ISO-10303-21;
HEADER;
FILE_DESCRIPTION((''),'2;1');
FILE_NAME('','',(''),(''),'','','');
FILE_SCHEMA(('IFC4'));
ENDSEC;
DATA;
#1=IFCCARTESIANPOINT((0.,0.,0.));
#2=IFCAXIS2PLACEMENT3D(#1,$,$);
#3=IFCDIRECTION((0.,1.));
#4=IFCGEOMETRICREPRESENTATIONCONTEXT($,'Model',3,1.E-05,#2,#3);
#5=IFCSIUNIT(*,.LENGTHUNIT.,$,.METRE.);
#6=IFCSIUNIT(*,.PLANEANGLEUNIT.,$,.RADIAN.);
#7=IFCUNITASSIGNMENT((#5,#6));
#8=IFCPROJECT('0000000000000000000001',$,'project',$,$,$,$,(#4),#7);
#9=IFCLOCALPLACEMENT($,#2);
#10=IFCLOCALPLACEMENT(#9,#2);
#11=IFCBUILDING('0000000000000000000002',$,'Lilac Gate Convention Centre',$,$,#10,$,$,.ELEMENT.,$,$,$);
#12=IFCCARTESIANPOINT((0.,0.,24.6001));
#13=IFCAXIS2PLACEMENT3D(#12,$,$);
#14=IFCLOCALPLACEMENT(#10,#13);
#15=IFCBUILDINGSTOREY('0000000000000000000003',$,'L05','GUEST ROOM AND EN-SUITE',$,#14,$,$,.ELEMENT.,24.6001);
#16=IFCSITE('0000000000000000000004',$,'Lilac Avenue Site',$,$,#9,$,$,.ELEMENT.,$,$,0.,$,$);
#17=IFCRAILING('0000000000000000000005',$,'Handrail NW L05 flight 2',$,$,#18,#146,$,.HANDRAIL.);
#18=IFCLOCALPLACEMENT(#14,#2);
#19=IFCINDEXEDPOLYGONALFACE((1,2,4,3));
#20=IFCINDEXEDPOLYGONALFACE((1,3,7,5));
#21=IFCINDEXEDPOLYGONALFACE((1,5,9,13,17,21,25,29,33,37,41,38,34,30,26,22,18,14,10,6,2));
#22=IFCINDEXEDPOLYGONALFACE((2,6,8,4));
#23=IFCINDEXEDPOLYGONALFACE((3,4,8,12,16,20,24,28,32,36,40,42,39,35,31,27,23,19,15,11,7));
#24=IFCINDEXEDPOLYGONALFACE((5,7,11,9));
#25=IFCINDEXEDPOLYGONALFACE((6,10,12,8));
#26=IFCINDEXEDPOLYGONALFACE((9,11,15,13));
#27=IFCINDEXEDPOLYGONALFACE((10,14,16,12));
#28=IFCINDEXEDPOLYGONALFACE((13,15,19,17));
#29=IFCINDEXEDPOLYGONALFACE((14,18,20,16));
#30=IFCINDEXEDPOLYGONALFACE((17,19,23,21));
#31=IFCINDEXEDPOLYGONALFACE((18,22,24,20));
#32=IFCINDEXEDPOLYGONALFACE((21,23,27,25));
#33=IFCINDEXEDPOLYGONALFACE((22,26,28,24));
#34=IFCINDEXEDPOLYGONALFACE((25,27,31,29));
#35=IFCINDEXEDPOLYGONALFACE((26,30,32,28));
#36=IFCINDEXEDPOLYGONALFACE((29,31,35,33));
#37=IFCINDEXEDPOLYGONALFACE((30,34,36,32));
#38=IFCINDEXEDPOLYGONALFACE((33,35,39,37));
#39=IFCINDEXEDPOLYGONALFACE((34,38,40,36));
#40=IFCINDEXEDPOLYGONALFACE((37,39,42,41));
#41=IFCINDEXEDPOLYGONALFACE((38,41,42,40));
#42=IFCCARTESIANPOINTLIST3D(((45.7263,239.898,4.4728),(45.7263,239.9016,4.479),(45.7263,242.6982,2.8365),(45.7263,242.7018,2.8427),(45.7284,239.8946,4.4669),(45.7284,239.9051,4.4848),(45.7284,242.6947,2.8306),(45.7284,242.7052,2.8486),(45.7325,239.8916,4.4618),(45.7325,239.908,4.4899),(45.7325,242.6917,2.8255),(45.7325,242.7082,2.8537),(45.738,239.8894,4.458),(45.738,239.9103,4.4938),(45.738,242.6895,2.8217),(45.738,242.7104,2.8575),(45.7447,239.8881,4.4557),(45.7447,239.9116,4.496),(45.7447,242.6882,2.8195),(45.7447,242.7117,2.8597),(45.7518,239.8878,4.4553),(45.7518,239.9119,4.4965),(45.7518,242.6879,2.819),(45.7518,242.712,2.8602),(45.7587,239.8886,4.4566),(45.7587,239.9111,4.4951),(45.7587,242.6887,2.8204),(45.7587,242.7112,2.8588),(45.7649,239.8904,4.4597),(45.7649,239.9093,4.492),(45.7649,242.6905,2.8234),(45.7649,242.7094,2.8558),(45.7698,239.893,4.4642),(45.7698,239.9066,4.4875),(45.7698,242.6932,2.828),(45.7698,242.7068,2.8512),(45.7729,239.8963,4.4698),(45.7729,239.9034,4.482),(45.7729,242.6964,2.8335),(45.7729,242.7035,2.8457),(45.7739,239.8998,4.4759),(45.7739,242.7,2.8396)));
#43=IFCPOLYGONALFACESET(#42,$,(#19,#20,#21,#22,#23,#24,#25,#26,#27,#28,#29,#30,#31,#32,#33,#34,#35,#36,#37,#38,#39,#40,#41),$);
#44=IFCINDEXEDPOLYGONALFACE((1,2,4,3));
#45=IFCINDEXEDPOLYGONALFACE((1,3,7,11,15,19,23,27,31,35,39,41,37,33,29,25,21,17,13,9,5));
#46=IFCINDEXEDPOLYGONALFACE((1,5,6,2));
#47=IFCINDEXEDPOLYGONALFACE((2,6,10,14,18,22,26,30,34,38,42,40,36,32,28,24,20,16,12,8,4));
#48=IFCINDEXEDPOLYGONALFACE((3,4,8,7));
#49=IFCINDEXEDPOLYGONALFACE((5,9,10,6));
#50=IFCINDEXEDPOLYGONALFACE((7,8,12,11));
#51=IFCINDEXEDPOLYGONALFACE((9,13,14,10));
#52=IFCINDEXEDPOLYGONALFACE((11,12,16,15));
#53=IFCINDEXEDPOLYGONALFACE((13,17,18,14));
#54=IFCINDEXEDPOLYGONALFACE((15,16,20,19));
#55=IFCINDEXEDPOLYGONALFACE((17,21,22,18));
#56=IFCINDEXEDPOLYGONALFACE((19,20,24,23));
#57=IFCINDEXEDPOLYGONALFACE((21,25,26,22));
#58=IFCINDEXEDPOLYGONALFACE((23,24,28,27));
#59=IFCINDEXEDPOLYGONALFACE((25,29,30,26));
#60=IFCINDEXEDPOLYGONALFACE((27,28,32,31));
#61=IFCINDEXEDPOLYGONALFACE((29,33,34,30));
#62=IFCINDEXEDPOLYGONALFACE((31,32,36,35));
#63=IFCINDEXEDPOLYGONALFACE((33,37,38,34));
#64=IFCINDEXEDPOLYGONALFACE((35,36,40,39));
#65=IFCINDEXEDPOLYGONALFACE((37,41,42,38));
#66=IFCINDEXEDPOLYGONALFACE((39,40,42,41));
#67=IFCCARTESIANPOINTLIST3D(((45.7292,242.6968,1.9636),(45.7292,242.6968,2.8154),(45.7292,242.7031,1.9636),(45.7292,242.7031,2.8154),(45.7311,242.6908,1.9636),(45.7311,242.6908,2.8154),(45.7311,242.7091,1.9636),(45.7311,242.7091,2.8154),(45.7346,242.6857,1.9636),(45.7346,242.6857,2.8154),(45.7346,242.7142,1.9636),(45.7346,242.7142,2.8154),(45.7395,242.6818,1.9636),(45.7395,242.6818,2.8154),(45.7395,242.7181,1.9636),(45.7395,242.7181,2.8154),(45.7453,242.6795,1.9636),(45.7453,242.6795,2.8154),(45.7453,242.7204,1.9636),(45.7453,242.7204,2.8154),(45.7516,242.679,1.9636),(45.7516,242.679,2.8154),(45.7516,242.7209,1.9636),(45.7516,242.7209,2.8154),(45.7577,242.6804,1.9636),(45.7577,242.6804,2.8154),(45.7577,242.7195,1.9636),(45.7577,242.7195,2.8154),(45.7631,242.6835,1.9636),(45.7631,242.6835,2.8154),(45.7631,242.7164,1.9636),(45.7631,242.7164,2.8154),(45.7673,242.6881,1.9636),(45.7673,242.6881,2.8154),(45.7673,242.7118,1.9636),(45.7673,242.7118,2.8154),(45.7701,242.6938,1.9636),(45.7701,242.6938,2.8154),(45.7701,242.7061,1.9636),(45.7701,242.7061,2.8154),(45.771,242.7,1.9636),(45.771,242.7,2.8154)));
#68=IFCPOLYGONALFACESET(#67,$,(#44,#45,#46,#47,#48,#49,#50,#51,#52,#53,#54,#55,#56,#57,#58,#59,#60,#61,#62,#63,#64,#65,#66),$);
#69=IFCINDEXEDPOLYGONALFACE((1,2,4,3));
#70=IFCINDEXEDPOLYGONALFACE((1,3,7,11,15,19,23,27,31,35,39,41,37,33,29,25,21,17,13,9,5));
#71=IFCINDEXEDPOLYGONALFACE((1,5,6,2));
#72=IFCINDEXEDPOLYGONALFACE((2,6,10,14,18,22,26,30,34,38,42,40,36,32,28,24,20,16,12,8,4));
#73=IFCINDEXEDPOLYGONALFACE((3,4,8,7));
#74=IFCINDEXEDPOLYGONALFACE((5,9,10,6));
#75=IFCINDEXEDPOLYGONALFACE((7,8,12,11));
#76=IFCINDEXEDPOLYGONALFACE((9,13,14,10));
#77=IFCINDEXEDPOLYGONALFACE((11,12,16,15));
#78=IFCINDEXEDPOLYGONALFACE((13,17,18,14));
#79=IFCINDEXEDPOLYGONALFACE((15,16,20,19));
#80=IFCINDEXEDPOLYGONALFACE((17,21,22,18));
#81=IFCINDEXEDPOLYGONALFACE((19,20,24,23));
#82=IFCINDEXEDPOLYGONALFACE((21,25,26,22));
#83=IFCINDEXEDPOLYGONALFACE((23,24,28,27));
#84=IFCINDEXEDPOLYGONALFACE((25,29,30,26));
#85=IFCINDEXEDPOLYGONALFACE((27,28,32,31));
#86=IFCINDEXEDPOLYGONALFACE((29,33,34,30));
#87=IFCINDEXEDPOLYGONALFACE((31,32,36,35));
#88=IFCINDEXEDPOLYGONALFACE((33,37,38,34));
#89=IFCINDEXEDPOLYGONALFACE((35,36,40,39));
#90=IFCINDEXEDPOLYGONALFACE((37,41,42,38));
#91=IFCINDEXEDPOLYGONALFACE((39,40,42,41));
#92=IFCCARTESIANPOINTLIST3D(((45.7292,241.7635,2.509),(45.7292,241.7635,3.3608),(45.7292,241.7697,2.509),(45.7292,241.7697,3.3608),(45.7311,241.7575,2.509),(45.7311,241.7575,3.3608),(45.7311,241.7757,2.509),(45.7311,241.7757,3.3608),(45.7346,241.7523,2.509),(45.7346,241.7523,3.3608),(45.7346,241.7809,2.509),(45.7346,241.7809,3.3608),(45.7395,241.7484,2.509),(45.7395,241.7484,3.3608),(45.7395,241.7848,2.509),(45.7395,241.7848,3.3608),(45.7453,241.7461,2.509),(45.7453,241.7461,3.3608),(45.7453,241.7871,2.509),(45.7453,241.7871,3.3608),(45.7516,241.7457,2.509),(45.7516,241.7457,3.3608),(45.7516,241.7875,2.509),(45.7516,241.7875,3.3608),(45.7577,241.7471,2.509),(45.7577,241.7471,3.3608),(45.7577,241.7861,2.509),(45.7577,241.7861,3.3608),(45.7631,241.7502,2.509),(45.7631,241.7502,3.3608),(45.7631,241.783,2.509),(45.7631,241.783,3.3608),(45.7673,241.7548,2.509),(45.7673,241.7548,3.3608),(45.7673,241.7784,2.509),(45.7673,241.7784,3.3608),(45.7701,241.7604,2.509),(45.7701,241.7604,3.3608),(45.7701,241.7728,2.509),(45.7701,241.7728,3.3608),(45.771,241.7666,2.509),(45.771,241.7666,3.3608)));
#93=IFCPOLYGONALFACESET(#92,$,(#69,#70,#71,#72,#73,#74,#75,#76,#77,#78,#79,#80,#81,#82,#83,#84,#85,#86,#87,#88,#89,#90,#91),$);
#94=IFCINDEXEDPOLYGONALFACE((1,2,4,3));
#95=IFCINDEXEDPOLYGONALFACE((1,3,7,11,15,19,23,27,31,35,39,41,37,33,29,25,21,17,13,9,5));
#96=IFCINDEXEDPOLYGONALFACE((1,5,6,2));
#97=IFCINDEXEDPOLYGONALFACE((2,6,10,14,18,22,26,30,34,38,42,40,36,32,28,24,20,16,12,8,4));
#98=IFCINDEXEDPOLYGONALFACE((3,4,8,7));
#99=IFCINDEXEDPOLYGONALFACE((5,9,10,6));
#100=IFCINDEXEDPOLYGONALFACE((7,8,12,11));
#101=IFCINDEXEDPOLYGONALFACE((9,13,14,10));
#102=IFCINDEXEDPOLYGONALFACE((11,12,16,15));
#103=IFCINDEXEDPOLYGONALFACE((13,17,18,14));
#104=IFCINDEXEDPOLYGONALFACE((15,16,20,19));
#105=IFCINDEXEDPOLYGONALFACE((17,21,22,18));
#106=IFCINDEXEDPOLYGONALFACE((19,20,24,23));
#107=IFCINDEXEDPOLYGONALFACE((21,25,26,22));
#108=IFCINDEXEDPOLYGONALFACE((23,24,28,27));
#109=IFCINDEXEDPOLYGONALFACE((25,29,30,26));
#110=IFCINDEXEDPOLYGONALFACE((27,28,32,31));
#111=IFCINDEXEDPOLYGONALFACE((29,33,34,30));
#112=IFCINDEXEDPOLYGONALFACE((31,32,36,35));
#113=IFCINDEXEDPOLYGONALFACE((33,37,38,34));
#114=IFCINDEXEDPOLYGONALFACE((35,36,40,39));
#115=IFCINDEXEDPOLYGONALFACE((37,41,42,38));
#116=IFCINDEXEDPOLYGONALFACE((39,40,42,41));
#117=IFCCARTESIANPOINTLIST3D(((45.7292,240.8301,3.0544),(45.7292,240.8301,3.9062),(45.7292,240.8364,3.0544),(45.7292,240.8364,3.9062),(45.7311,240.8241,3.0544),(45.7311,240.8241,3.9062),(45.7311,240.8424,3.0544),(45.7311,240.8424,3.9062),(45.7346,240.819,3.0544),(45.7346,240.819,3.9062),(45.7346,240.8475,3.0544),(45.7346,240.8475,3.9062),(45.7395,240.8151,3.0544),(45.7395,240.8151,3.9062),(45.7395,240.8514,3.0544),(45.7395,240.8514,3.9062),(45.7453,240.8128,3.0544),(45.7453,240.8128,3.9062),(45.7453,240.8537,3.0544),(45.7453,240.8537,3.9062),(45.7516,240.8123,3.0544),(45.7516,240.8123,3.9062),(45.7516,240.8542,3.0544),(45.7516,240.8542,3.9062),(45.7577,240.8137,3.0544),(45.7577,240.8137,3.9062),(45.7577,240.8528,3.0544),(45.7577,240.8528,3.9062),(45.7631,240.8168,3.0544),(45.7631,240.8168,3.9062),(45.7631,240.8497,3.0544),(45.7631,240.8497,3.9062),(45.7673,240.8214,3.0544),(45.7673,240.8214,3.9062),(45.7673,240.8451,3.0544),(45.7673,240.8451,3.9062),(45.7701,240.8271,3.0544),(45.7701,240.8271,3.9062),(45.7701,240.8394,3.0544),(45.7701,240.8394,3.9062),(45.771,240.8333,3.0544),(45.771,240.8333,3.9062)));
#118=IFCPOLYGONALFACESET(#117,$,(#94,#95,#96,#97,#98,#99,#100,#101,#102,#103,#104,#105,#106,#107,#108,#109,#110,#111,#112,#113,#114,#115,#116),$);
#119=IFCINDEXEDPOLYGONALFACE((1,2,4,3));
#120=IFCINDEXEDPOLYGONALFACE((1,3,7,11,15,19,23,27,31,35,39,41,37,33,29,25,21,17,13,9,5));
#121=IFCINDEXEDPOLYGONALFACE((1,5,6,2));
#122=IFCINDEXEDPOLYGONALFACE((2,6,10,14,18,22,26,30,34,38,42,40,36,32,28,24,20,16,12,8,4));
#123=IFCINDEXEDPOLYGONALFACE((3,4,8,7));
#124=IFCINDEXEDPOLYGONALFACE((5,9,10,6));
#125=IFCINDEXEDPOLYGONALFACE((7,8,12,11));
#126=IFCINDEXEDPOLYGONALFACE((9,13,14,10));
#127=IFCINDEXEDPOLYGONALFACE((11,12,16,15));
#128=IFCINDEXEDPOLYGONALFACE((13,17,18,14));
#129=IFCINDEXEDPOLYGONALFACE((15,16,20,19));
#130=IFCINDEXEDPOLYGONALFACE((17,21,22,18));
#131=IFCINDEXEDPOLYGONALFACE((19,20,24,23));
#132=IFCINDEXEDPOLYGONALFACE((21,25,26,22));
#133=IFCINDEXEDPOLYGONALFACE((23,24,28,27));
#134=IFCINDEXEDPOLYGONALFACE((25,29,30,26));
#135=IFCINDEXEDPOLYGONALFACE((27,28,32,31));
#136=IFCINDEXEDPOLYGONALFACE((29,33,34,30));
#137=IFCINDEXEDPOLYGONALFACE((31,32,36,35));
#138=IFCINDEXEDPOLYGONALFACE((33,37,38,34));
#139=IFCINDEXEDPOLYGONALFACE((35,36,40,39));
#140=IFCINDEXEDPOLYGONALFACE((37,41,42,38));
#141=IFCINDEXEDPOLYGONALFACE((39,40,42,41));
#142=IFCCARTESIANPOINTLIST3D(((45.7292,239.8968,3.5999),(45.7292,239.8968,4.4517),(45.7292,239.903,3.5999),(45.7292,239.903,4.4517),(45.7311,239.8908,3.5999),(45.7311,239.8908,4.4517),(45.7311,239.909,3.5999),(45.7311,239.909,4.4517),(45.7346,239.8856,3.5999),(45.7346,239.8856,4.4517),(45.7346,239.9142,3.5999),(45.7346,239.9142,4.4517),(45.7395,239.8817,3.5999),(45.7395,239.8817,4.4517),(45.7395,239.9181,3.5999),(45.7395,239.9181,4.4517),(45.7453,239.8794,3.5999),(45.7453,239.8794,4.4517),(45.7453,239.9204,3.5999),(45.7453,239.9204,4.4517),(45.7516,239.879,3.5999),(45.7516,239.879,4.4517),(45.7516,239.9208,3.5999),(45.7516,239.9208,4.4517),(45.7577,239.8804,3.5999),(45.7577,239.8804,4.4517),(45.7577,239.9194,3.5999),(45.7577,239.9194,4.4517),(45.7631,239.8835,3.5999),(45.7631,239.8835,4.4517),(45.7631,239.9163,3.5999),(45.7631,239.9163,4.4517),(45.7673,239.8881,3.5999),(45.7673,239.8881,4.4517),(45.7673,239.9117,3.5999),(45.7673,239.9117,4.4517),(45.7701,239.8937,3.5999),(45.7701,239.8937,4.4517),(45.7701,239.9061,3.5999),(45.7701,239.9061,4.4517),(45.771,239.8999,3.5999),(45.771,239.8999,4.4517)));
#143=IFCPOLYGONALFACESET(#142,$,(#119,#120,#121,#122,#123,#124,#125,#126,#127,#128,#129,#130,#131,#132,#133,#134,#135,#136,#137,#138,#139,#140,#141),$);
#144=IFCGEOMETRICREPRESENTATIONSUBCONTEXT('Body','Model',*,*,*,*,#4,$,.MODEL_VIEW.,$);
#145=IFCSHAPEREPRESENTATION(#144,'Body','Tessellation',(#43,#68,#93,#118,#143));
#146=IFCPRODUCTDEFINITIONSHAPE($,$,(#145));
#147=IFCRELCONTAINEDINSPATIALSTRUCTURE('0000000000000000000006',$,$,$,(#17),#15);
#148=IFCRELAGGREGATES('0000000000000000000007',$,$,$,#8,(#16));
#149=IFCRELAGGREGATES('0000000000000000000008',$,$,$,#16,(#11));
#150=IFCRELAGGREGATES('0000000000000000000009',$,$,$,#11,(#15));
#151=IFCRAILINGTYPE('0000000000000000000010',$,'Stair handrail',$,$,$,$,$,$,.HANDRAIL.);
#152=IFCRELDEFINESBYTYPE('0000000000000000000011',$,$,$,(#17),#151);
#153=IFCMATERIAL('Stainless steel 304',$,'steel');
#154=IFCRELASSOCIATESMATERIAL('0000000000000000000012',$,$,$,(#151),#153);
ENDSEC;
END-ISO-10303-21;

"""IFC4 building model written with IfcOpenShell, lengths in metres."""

from ifc_helpers import new_model, si_unit, direction, frame, origin, origin_2d, place, context, subcontext, project, spatial, circle, extrude, material, type_object, element, save


model = new_model("IFC4")

# Units and contexts
model_context = context("Model", 3, precision=1e-05, world=origin(), true_north=direction((0.0, 1.0)))
body_context = subcontext(model_context, "Body", "Model", "MODEL_VIEW")
ifc_project = project(units=[si_unit("LENGTHUNIT", "METRE"), si_unit("PLANEANGLEUNIT", "RADIAN")], contexts=[model_context])

# Site, building, storey
site_placement = place(None, origin())
site = spatial("IfcSite", under=ifc_project, at=site_placement, Name="Lilac Avenue Site", CompositionType="ELEMENT", RefElevation=0.0)
building_placement = place(site_placement, origin())
building = spatial("IfcBuilding", under=site, at=building_placement, Name="Lilac Gate Convention Centre", CompositionType="ELEMENT")
storey_placement = place(building_placement, frame((0.0, 0.0, 24.6001)))
storey = spatial("IfcBuildingStorey", under=building, at=storey_placement, Name="L05", Description="GUEST ROOM AND EN-SUITE", CompositionType="ELEMENT", Elevation=24.6001)

# Railing
ifc_material_1 = material(Name="Stainless steel 304", Category="steel")
railing_type = type_object("IfcRailingType", Name="Stair handrail", PredefinedType="HANDRAIL", material=ifc_material_1)
for number, where, name in (
    (1, (45.75, 242.7, 1.9636), "Handrail NW L05 flight 2"),
):
    element("IfcRailing", number, at=place(storey_placement, frame(where)), inside=storey, type_object=railing_type, Name=name, PredefinedType="HANDRAIL", context=body_context, shape_type="SweptSolid", body=[
        extrude(circle(Radius=0.0239, at=origin_2d()), frame((0.0, 0.0, 0.876), z_axis=(0.0, -0.863394, 0.504531), x_axis=(1.0, 0.0, 0.0)), (0.0, 0.0, 1.0), 3.2432),
        extrude(circle(Radius=0.021, at=origin_2d()), origin(), (0.0, 0.0, 1.0), 0.8518),
        extrude(circle(Radius=0.021, at=origin_2d()), frame((0.0, -0.9333, 0.5454)), (0.0, 0.0, 1.0), 0.8518),
        extrude(circle(Radius=0.021, at=origin_2d()), frame((0.0, -1.8667, 1.0908)), (0.0, 0.0, 1.0), 0.8518),
        extrude(circle(Radius=0.021, at=origin_2d()), frame((0.0, -2.8, 1.6362)), (0.0, 0.0, 1.0), 0.8518),
    ])

save(model, "model.ifc")
